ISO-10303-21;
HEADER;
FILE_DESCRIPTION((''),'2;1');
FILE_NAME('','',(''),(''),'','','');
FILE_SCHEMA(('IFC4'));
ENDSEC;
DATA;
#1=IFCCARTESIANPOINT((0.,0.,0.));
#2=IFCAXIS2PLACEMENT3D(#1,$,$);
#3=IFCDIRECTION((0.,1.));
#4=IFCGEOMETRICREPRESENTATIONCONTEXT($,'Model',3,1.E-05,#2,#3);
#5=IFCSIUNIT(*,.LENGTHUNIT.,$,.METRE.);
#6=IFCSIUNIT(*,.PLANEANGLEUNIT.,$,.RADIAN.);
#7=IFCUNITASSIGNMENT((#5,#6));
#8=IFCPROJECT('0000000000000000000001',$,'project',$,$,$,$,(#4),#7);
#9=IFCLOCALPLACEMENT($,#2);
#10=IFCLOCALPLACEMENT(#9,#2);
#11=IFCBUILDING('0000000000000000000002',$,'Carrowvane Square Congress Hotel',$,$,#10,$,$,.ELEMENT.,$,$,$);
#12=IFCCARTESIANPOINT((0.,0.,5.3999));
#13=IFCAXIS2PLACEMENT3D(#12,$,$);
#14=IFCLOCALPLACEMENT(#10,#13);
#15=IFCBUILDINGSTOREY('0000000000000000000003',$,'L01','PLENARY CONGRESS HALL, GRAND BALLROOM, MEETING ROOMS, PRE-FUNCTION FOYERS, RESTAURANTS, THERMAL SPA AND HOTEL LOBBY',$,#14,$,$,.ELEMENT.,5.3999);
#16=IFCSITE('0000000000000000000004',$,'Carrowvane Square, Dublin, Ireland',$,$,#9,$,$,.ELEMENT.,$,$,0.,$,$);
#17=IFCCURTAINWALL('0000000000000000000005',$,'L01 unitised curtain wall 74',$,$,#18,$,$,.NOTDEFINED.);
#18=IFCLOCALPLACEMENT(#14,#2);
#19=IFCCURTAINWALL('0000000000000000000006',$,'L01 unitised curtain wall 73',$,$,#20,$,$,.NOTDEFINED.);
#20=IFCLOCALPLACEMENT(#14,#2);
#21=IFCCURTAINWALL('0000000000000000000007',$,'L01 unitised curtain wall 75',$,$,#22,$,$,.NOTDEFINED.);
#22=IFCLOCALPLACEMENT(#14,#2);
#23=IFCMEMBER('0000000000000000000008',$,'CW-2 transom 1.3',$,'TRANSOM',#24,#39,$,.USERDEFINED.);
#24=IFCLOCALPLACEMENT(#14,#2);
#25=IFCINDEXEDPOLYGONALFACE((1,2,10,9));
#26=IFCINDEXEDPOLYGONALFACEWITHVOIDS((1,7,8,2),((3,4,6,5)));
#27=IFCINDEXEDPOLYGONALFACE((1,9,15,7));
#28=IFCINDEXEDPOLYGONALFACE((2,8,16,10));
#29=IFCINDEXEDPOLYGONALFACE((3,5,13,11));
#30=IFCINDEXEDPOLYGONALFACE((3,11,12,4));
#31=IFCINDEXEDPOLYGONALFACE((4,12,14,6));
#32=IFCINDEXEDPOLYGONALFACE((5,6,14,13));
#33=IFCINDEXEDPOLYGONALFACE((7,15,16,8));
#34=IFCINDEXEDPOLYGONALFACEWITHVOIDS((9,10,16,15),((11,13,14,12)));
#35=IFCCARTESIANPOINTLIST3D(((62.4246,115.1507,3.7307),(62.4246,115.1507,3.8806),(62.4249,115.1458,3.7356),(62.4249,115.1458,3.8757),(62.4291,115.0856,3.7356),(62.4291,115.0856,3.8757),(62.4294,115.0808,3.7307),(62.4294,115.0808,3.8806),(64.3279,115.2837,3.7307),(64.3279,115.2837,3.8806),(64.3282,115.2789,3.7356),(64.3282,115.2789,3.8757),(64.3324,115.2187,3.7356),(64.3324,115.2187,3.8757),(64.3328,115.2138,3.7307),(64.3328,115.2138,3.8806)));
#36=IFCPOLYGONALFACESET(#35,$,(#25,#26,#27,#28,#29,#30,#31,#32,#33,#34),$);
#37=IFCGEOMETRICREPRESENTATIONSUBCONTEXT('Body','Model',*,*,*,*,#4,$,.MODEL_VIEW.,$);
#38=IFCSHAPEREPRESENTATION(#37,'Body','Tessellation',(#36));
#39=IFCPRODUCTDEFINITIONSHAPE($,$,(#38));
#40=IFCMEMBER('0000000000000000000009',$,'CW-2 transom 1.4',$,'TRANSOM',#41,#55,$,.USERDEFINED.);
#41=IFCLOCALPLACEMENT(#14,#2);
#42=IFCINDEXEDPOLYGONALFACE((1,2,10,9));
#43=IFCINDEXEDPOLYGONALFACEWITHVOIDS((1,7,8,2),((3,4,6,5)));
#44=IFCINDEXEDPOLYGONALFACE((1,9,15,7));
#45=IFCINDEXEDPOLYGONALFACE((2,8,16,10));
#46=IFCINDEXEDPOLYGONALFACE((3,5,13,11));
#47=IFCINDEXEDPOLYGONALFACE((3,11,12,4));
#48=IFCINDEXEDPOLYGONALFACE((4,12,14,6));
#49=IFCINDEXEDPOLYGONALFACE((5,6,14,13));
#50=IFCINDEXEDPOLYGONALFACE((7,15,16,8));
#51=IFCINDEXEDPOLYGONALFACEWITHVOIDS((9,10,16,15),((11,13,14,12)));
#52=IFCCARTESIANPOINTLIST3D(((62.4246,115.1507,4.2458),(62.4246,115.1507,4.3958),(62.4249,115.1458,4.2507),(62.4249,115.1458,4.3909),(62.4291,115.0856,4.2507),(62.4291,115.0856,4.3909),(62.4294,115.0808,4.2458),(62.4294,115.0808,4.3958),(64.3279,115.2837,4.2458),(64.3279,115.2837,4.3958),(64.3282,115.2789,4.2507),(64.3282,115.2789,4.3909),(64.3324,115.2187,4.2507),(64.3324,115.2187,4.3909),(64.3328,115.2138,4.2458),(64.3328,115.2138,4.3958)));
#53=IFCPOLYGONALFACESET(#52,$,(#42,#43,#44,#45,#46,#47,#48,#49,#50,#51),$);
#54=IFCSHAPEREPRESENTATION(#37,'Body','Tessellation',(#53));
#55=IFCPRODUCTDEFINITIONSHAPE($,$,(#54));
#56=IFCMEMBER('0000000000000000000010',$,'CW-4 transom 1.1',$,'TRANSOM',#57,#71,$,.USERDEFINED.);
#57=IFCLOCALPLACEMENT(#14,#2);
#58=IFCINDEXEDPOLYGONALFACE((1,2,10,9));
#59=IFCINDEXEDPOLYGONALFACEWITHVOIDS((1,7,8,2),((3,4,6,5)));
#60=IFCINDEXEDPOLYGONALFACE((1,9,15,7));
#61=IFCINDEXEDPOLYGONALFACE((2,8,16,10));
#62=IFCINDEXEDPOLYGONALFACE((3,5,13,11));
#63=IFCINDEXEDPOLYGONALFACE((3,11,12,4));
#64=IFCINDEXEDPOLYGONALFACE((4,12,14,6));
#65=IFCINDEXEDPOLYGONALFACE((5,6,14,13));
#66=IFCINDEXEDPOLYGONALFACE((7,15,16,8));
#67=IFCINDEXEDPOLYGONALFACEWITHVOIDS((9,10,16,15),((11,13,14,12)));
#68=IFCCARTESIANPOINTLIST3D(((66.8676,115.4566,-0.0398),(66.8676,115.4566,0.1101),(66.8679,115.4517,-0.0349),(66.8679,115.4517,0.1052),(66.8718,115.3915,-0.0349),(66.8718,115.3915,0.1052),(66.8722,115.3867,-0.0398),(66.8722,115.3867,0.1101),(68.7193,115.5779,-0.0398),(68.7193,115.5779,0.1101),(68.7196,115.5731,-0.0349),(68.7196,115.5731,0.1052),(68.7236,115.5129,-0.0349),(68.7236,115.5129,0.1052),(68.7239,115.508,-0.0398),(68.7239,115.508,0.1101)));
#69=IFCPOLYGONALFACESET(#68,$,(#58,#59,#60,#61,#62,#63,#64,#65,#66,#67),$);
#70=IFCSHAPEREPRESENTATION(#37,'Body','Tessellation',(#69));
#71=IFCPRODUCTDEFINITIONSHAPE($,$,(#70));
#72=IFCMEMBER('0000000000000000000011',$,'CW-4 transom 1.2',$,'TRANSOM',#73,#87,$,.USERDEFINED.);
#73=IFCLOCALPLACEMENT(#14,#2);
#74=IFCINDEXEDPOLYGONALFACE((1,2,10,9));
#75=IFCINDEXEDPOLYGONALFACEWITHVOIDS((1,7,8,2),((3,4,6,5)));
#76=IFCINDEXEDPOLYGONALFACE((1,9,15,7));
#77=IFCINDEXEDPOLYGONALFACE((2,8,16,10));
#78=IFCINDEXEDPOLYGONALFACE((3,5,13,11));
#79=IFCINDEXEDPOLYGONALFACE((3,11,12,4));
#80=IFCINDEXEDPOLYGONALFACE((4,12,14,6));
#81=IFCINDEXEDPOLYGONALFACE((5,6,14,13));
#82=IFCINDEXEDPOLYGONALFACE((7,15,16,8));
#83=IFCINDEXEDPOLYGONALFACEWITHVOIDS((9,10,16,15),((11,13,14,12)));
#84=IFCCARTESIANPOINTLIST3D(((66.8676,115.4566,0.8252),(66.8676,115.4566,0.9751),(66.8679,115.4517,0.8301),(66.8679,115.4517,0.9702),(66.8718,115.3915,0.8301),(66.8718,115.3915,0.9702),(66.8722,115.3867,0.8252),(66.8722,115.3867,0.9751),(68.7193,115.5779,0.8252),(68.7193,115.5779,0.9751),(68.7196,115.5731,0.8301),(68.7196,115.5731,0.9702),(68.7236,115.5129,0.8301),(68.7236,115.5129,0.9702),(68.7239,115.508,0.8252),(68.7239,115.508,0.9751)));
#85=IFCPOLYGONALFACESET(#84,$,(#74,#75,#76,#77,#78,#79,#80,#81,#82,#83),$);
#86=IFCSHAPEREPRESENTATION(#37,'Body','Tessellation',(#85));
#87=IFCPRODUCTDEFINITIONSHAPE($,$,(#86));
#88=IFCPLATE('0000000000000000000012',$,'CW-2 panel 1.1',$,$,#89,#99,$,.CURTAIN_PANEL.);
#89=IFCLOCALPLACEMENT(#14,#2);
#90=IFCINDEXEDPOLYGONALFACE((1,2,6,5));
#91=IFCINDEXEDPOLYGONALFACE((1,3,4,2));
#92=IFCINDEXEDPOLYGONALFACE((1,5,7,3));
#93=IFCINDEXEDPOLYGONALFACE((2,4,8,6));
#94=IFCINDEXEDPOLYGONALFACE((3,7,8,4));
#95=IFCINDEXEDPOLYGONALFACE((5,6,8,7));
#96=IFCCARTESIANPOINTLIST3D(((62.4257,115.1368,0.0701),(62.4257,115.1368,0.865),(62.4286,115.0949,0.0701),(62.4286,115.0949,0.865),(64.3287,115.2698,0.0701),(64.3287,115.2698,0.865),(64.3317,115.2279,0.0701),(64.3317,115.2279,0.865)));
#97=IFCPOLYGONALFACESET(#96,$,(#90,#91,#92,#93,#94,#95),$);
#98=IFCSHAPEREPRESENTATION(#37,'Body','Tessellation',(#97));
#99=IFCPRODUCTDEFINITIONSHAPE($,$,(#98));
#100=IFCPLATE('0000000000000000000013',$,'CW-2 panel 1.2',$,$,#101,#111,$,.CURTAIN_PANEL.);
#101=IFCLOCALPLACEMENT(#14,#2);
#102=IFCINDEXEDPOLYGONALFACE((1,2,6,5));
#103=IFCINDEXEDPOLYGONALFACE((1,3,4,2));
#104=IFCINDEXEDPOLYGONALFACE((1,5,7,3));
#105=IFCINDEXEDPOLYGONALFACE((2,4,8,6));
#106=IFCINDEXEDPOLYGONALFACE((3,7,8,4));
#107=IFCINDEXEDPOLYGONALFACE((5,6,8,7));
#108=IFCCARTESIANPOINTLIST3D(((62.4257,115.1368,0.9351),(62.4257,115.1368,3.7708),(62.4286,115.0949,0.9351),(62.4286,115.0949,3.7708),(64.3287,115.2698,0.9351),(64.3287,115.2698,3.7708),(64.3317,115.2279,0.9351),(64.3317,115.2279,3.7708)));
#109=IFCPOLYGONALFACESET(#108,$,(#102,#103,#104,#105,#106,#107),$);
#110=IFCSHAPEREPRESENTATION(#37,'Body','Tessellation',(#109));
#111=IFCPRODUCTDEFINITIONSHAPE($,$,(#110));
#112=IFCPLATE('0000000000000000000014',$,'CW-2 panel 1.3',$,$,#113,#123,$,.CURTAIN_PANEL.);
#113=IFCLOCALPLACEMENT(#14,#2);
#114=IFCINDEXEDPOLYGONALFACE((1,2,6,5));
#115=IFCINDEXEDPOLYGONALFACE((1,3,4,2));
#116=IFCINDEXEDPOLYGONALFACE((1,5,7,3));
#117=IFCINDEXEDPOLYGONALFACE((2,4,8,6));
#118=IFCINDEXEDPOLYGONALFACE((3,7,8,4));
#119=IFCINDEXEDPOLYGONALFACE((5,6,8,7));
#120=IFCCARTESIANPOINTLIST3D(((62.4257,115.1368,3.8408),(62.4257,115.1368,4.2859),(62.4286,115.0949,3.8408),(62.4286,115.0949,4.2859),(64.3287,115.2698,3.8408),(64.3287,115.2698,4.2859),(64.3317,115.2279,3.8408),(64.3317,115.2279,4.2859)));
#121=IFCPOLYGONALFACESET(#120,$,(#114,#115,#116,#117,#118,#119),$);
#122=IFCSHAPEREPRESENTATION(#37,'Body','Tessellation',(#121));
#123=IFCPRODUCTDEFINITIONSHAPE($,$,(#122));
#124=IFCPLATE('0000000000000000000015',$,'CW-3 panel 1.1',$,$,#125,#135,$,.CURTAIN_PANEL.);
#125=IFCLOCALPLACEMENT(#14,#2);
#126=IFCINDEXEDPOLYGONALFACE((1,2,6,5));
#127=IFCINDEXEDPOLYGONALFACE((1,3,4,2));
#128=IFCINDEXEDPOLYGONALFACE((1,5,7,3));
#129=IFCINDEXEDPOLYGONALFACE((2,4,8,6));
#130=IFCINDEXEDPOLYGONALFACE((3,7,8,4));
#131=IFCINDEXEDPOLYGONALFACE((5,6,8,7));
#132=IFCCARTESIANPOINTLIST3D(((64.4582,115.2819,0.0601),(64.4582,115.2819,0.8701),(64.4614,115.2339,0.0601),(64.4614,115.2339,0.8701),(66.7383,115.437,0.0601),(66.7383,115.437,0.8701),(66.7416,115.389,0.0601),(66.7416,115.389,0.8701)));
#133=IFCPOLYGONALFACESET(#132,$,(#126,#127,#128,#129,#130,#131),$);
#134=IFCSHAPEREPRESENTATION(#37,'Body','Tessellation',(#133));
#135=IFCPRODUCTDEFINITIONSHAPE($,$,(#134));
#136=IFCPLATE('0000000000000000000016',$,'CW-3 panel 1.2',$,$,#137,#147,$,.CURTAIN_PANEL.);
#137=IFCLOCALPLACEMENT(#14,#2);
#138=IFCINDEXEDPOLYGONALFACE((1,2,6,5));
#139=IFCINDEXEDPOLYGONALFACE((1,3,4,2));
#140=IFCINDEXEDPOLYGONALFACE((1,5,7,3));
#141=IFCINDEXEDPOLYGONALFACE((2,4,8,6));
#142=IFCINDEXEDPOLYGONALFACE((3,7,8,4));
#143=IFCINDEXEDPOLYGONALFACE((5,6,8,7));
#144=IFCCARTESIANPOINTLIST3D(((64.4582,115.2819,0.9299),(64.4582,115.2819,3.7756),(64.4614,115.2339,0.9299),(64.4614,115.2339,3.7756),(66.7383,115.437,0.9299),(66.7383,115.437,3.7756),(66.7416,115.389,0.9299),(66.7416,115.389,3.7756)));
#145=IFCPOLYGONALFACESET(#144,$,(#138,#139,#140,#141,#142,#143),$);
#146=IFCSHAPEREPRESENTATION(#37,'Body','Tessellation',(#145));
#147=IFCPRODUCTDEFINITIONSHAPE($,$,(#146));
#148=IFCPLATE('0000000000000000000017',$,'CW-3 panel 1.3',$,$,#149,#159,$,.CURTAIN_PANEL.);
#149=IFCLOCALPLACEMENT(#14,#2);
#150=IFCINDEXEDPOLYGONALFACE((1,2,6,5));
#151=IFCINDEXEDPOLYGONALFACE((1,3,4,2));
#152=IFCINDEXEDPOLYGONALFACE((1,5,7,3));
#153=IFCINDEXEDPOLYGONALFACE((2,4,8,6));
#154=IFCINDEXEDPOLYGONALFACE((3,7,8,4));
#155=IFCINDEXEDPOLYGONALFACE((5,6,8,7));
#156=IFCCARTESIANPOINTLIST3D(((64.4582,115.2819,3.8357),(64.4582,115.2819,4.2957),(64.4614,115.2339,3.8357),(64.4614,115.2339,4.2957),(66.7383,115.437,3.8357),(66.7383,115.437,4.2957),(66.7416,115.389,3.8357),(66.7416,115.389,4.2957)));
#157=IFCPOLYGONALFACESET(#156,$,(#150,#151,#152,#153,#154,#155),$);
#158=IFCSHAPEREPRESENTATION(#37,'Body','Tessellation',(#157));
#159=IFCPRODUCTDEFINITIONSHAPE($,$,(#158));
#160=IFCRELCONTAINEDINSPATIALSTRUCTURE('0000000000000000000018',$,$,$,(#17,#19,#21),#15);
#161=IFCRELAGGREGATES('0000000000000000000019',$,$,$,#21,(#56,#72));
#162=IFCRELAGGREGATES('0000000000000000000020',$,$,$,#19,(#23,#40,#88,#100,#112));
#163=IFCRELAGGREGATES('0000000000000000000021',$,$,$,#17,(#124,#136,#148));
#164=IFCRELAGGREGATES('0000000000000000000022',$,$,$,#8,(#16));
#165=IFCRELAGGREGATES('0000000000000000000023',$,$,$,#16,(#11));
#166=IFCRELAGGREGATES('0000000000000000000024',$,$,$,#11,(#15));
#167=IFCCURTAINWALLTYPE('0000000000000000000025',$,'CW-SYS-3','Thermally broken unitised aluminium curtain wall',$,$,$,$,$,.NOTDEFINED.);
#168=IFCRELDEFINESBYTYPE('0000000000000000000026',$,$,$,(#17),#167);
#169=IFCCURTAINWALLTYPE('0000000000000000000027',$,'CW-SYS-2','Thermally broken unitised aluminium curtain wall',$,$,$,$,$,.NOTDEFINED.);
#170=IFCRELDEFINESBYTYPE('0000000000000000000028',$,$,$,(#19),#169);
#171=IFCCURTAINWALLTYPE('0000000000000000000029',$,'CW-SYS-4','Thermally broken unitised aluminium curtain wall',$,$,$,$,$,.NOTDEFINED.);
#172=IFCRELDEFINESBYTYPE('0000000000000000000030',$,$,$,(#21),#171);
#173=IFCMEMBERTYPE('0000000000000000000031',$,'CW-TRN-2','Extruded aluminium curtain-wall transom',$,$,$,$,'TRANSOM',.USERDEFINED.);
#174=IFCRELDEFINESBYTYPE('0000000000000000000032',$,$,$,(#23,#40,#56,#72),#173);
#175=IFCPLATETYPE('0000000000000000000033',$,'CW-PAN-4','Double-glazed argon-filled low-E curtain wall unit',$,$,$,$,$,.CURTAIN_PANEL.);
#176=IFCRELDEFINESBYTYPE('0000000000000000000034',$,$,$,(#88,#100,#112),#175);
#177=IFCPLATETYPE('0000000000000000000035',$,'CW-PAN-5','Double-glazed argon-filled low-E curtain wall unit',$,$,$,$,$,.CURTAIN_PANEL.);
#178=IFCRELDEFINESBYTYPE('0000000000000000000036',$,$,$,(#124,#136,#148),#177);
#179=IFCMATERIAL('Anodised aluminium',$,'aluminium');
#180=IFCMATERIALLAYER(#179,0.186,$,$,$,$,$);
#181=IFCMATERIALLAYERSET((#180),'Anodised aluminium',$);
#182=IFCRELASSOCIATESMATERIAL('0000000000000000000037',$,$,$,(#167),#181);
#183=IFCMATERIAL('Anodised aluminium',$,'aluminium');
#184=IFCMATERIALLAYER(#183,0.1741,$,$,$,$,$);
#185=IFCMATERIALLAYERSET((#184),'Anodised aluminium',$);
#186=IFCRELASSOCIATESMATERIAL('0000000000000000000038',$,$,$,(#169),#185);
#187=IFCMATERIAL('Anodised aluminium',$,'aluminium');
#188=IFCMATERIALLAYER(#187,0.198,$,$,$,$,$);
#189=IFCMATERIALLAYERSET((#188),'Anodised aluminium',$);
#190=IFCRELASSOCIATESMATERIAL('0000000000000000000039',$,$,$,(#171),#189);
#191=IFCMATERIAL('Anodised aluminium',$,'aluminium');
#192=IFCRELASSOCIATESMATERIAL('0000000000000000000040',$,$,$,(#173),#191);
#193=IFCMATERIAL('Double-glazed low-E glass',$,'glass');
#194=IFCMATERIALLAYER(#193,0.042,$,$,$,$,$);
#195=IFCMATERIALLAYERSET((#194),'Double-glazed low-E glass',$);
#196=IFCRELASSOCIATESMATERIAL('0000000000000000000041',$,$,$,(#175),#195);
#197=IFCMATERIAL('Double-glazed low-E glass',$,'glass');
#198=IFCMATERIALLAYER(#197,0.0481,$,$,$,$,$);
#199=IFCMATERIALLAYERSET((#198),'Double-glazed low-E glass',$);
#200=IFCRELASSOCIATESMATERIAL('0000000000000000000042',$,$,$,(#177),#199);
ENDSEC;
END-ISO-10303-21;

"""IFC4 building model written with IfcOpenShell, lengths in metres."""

from ifc_helpers import new_model, si_unit, direction, frame, origin, origin_2d, place, context, subcontext, project, spatial, rectangle, hollow_rectangle, extrude, material, layer, layer_set, material_profile, profile_set, type_object, element, aggregate, save


model = new_model("IFC4")

# Units and contexts
model_context = context("Model", 3, precision=1e-05, world=origin(), true_north=direction((0.0, 1.0)))
body_context = subcontext(model_context, "Body", "Model", "MODEL_VIEW")
ifc_project = project(units=[si_unit("LENGTHUNIT", "METRE"), si_unit("PLANEANGLEUNIT", "RADIAN")], contexts=[model_context])

# Site, building, storey
site_placement = place(None, origin())
site = spatial("IfcSite", under=ifc_project, at=site_placement, Name="Carrowvane Square, Dublin, Ireland", CompositionType="ELEMENT", RefElevation=0.0)
building_placement = place(site_placement, origin())
building = spatial("IfcBuilding", under=site, at=building_placement, Name="Carrowvane Square Congress Hotel", CompositionType="ELEMENT")
storey_placement = place(building_placement, frame((0.0, 0.0, 5.3999)))
storey = spatial("IfcBuildingStorey", under=building, at=storey_placement, Name="L01", Description="PLENARY CONGRESS HALL, GRAND BALLROOM, MEETING ROOMS, PRE-FUNCTION FOYERS, RESTAURANTS, THERMAL SPA AND HOTEL LOBBY", CompositionType="ELEMENT", Elevation=5.3999)

# Curtain wall
ifc_material_1 = material(Name="Anodised aluminium", Category="aluminium")
ifc_layer_1 = layer(ifc_material_1, 0.186)
ifc_layer_set_1 = layer_set([ifc_layer_1], Name="Anodised aluminium")
curtain_wall_type_1 = type_object("IfcCurtainWallType", Name="CW-SYS-3", Description="Thermally broken unitised aluminium curtain wall", PredefinedType="NOTDEFINED", material=ifc_layer_set_1)
curtain_wall_1_placement = place(storey_placement, origin())
curtain_wall_1 = element("IfcCurtainWall", 1, at=curtain_wall_1_placement, inside=storey, type_object=curtain_wall_type_1, Name="L01 unitised curtain wall 74", PredefinedType="NOTDEFINED")

# Curtain walls
ifc_material_2 = material(Name="Anodised aluminium", Category="aluminium")
ifc_layer_2 = layer(ifc_material_2, 0.1741)
ifc_layer_set_2 = layer_set([ifc_layer_2], Name="Anodised aluminium")
curtain_wall_type_2 = type_object("IfcCurtainWallType", Name="CW-SYS-2", Description="Thermally broken unitised aluminium curtain wall", PredefinedType="NOTDEFINED", material=ifc_layer_set_2)
curtain_wall_2_placement = place(storey_placement, origin())
curtain_wall_2 = element("IfcCurtainWall", 2, at=curtain_wall_2_placement, inside=storey, type_object=curtain_wall_type_2, Name="L01 unitised curtain wall 73", PredefinedType="NOTDEFINED")
ifc_material_3 = material(Name="Anodised aluminium", Category="aluminium")
ifc_layer_3 = layer(ifc_material_3, 0.198)
ifc_layer_set_3 = layer_set([ifc_layer_3], Name="Anodised aluminium")
curtain_wall_type_3 = type_object("IfcCurtainWallType", Name="CW-SYS-4", Description="Thermally broken unitised aluminium curtain wall", PredefinedType="NOTDEFINED", material=ifc_layer_set_3)
curtain_wall_3_placement = place(storey_placement, origin())
curtain_wall_3 = element("IfcCurtainWall", 3, at=curtain_wall_3_placement, inside=storey, type_object=curtain_wall_type_3, Name="L01 unitised curtain wall 75", PredefinedType="NOTDEFINED")

# Members
ifc_material_4 = material(Name="Anodised aluminium", Category="aluminium")
ifc_material_profile_1 = material_profile(ifc_material_4, hollow_rectangle(XDim=0.0701, YDim=0.1499, WallThickness=0.0049, at=origin_2d()), Name="CW-TR 70x150x5")
ifc_profile_set_1 = profile_set([ifc_material_profile_1], Name="Anodised aluminium")
member_type_1 = type_object("IfcMemberType", Name="CW-TRN-2", Description="Extruded aluminium curtain-wall transom", ElementType="TRANSOM", PredefinedType="USERDEFINED", material=ifc_profile_set_1)
member_1_placement = place(storey_placement, frame((62.427, 115.1157, 3.8057), z_axis=(0.997565, 0.069737, 0.0), x_axis=(-0.069737, 0.997565, 0.0)))
member_1 = element("IfcMember", 4, at=member_1_placement, type_object=member_type_1, Name="CW-2 transom 1.3", ObjectType="TRANSOM", PredefinedType="USERDEFINED", context=body_context, shape_type="SweptSolid", body=[
    extrude(hollow_rectangle(XDim=0.0701, YDim=0.1499, WallThickness=0.0049, at=origin_2d()), origin(), (0.0, 0.0, 1.0), 1.908),
])
member_2_placement = place(storey_placement, frame((62.427, 115.1157, 4.3208), z_axis=(0.997565, 0.069737, 0.0), x_axis=(-0.069737, 0.997565, 0.0)))
member_2 = element("IfcMember", 5, at=member_2_placement, type_object=member_type_1, Name="CW-2 transom 1.4", ObjectType="TRANSOM", PredefinedType="USERDEFINED", context=body_context, shape_type="SweptSolid", body=[
    extrude(hollow_rectangle(XDim=0.0701, YDim=0.1499, WallThickness=0.0049, at=origin_2d()), origin(), (0.0, 0.0, 1.0), 1.908),
])
member_3_placement = place(storey_placement, frame((66.8699, 115.4216, 0.0352), z_axis=(0.99786, 0.065384, 0.0), x_axis=(-0.065384, 0.99786, 0.0)))
member_3 = element("IfcMember", 6, at=member_3_placement, type_object=member_type_1, Name="CW-4 transom 1.1", ObjectType="TRANSOM", PredefinedType="USERDEFINED", context=body_context, shape_type="SweptSolid", body=[
    extrude(hollow_rectangle(XDim=0.0701, YDim=0.1499, WallThickness=0.0049, at=origin_2d()), origin(), (0.0, 0.0, 1.0), 1.8557),
])
member_4_placement = place(storey_placement, frame((66.8699, 115.4216, 0.9001), z_axis=(0.99786, 0.065384, 0.0), x_axis=(-0.065384, 0.99786, 0.0)))
member_4 = element("IfcMember", 7, at=member_4_placement, type_object=member_type_1, Name="CW-4 transom 1.2", ObjectType="TRANSOM", PredefinedType="USERDEFINED", context=body_context, shape_type="SweptSolid", body=[
    extrude(hollow_rectangle(XDim=0.0701, YDim=0.1499, WallThickness=0.0049, at=origin_2d()), origin(), (0.0, 0.0, 1.0), 1.8557),
])
aggregate(curtain_wall_3, [member_3, member_4])

# Plates
ifc_material_5 = material(Name="Double-glazed low-E glass", Category="glass")
ifc_layer_4 = layer(ifc_material_5, 0.042)
ifc_layer_set_4 = layer_set([ifc_layer_4], Name="Double-glazed low-E glass")
plate_type_1 = type_object("IfcPlateType", Name="CW-PAN-4", Description="Double-glazed argon-filled low-E curtain wall unit", PredefinedType="CURTAIN_PANEL", material=ifc_layer_set_4)
plate_1_placement = place(storey_placement, frame((63.3787, 115.1824, 0.0701), z_axis=(0.0, 0.0, 1.0), x_axis=(0.997566, 0.069724, 0.0)))
plate_1 = element("IfcPlate", 8, at=plate_1_placement, type_object=plate_type_1, Name="CW-2 panel 1.1", PredefinedType="CURTAIN_PANEL", context=body_context, shape_type="SweptSolid", body=[
    extrude(rectangle(XDim=1.9077, YDim=0.042, at=origin_2d()), origin(), (0.0, 0.0, 1.0), 0.7949),
])
plate_2_placement = place(storey_placement, frame((63.3787, 115.1824, 0.9351), z_axis=(0.0, 0.0, 1.0), x_axis=(0.997566, 0.069724, 0.0)))
plate_2 = element("IfcPlate", 9, at=plate_2_placement, type_object=plate_type_1, Name="CW-2 panel 1.2", PredefinedType="CURTAIN_PANEL", context=body_context, shape_type="SweptSolid", body=[
    extrude(rectangle(XDim=1.9077, YDim=0.042, at=origin_2d()), origin(), (0.0, 0.0, 1.0), 2.8357),
])
plate_3_placement = place(storey_placement, frame((63.3787, 115.1824, 3.8408), z_axis=(0.0, 0.0, 1.0), x_axis=(0.997566, 0.069724, 0.0)))
plate_3 = element("IfcPlate", 10, at=plate_3_placement, type_object=plate_type_1, Name="CW-2 panel 1.3", PredefinedType="CURTAIN_PANEL", context=body_context, shape_type="SweptSolid", body=[
    extrude(rectangle(XDim=1.9077, YDim=0.042, at=origin_2d()), origin(), (0.0, 0.0, 1.0), 0.4451),
])
aggregate(curtain_wall_2, [member_1, member_2, plate_1, plate_2, plate_3])
ifc_material_6 = material(Name="Double-glazed low-E glass", Category="glass")
ifc_layer_5 = layer(ifc_material_6, 0.0481)
ifc_layer_set_5 = layer_set([ifc_layer_5], Name="Double-glazed low-E glass")
plate_type_2 = type_object("IfcPlateType", Name="CW-PAN-5", Description="Double-glazed argon-filled low-E curtain wall unit", PredefinedType="CURTAIN_PANEL", material=ifc_layer_set_5)
plate_4_placement = place(storey_placement, frame((65.5999, 115.3354, 0.0601), z_axis=(0.0, 0.0, 1.0), x_axis=(0.997694, 0.067865, 0.0)))
plate_4 = element("IfcPlate", 11, at=plate_4_placement, type_object=plate_type_2, Name="CW-3 panel 1.1", PredefinedType="CURTAIN_PANEL", context=body_context, shape_type="SweptSolid", body=[
    extrude(rectangle(XDim=2.2854, YDim=0.0481, at=origin_2d()), origin(), (0.0, 0.0, 1.0), 0.8101),
])
plate_5_placement = place(storey_placement, frame((65.5999, 115.3354, 0.9299), z_axis=(0.0, 0.0, 1.0), x_axis=(0.997694, 0.067865, 0.0)))
plate_5 = element("IfcPlate", 12, at=plate_5_placement, type_object=plate_type_2, Name="CW-3 panel 1.2", PredefinedType="CURTAIN_PANEL", context=body_context, shape_type="SweptSolid", body=[
    extrude(rectangle(XDim=2.2854, YDim=0.0481, at=origin_2d()), origin(), (0.0, 0.0, 1.0), 2.8457),
])
plate_6_placement = place(storey_placement, frame((65.5999, 115.3354, 3.8357), z_axis=(0.0, 0.0, 1.0), x_axis=(0.997694, 0.067865, 0.0)))
plate_6 = element("IfcPlate", 13, at=plate_6_placement, type_object=plate_type_2, Name="CW-3 panel 1.3", PredefinedType="CURTAIN_PANEL", context=body_context, shape_type="SweptSolid", body=[
    extrude(rectangle(XDim=2.2854, YDim=0.0481, at=origin_2d()), origin(), (0.0, 0.0, 1.0), 0.46),
])
aggregate(curtain_wall_1, [plate_4, plate_5, plate_6])

save(model, "model.ifc")
